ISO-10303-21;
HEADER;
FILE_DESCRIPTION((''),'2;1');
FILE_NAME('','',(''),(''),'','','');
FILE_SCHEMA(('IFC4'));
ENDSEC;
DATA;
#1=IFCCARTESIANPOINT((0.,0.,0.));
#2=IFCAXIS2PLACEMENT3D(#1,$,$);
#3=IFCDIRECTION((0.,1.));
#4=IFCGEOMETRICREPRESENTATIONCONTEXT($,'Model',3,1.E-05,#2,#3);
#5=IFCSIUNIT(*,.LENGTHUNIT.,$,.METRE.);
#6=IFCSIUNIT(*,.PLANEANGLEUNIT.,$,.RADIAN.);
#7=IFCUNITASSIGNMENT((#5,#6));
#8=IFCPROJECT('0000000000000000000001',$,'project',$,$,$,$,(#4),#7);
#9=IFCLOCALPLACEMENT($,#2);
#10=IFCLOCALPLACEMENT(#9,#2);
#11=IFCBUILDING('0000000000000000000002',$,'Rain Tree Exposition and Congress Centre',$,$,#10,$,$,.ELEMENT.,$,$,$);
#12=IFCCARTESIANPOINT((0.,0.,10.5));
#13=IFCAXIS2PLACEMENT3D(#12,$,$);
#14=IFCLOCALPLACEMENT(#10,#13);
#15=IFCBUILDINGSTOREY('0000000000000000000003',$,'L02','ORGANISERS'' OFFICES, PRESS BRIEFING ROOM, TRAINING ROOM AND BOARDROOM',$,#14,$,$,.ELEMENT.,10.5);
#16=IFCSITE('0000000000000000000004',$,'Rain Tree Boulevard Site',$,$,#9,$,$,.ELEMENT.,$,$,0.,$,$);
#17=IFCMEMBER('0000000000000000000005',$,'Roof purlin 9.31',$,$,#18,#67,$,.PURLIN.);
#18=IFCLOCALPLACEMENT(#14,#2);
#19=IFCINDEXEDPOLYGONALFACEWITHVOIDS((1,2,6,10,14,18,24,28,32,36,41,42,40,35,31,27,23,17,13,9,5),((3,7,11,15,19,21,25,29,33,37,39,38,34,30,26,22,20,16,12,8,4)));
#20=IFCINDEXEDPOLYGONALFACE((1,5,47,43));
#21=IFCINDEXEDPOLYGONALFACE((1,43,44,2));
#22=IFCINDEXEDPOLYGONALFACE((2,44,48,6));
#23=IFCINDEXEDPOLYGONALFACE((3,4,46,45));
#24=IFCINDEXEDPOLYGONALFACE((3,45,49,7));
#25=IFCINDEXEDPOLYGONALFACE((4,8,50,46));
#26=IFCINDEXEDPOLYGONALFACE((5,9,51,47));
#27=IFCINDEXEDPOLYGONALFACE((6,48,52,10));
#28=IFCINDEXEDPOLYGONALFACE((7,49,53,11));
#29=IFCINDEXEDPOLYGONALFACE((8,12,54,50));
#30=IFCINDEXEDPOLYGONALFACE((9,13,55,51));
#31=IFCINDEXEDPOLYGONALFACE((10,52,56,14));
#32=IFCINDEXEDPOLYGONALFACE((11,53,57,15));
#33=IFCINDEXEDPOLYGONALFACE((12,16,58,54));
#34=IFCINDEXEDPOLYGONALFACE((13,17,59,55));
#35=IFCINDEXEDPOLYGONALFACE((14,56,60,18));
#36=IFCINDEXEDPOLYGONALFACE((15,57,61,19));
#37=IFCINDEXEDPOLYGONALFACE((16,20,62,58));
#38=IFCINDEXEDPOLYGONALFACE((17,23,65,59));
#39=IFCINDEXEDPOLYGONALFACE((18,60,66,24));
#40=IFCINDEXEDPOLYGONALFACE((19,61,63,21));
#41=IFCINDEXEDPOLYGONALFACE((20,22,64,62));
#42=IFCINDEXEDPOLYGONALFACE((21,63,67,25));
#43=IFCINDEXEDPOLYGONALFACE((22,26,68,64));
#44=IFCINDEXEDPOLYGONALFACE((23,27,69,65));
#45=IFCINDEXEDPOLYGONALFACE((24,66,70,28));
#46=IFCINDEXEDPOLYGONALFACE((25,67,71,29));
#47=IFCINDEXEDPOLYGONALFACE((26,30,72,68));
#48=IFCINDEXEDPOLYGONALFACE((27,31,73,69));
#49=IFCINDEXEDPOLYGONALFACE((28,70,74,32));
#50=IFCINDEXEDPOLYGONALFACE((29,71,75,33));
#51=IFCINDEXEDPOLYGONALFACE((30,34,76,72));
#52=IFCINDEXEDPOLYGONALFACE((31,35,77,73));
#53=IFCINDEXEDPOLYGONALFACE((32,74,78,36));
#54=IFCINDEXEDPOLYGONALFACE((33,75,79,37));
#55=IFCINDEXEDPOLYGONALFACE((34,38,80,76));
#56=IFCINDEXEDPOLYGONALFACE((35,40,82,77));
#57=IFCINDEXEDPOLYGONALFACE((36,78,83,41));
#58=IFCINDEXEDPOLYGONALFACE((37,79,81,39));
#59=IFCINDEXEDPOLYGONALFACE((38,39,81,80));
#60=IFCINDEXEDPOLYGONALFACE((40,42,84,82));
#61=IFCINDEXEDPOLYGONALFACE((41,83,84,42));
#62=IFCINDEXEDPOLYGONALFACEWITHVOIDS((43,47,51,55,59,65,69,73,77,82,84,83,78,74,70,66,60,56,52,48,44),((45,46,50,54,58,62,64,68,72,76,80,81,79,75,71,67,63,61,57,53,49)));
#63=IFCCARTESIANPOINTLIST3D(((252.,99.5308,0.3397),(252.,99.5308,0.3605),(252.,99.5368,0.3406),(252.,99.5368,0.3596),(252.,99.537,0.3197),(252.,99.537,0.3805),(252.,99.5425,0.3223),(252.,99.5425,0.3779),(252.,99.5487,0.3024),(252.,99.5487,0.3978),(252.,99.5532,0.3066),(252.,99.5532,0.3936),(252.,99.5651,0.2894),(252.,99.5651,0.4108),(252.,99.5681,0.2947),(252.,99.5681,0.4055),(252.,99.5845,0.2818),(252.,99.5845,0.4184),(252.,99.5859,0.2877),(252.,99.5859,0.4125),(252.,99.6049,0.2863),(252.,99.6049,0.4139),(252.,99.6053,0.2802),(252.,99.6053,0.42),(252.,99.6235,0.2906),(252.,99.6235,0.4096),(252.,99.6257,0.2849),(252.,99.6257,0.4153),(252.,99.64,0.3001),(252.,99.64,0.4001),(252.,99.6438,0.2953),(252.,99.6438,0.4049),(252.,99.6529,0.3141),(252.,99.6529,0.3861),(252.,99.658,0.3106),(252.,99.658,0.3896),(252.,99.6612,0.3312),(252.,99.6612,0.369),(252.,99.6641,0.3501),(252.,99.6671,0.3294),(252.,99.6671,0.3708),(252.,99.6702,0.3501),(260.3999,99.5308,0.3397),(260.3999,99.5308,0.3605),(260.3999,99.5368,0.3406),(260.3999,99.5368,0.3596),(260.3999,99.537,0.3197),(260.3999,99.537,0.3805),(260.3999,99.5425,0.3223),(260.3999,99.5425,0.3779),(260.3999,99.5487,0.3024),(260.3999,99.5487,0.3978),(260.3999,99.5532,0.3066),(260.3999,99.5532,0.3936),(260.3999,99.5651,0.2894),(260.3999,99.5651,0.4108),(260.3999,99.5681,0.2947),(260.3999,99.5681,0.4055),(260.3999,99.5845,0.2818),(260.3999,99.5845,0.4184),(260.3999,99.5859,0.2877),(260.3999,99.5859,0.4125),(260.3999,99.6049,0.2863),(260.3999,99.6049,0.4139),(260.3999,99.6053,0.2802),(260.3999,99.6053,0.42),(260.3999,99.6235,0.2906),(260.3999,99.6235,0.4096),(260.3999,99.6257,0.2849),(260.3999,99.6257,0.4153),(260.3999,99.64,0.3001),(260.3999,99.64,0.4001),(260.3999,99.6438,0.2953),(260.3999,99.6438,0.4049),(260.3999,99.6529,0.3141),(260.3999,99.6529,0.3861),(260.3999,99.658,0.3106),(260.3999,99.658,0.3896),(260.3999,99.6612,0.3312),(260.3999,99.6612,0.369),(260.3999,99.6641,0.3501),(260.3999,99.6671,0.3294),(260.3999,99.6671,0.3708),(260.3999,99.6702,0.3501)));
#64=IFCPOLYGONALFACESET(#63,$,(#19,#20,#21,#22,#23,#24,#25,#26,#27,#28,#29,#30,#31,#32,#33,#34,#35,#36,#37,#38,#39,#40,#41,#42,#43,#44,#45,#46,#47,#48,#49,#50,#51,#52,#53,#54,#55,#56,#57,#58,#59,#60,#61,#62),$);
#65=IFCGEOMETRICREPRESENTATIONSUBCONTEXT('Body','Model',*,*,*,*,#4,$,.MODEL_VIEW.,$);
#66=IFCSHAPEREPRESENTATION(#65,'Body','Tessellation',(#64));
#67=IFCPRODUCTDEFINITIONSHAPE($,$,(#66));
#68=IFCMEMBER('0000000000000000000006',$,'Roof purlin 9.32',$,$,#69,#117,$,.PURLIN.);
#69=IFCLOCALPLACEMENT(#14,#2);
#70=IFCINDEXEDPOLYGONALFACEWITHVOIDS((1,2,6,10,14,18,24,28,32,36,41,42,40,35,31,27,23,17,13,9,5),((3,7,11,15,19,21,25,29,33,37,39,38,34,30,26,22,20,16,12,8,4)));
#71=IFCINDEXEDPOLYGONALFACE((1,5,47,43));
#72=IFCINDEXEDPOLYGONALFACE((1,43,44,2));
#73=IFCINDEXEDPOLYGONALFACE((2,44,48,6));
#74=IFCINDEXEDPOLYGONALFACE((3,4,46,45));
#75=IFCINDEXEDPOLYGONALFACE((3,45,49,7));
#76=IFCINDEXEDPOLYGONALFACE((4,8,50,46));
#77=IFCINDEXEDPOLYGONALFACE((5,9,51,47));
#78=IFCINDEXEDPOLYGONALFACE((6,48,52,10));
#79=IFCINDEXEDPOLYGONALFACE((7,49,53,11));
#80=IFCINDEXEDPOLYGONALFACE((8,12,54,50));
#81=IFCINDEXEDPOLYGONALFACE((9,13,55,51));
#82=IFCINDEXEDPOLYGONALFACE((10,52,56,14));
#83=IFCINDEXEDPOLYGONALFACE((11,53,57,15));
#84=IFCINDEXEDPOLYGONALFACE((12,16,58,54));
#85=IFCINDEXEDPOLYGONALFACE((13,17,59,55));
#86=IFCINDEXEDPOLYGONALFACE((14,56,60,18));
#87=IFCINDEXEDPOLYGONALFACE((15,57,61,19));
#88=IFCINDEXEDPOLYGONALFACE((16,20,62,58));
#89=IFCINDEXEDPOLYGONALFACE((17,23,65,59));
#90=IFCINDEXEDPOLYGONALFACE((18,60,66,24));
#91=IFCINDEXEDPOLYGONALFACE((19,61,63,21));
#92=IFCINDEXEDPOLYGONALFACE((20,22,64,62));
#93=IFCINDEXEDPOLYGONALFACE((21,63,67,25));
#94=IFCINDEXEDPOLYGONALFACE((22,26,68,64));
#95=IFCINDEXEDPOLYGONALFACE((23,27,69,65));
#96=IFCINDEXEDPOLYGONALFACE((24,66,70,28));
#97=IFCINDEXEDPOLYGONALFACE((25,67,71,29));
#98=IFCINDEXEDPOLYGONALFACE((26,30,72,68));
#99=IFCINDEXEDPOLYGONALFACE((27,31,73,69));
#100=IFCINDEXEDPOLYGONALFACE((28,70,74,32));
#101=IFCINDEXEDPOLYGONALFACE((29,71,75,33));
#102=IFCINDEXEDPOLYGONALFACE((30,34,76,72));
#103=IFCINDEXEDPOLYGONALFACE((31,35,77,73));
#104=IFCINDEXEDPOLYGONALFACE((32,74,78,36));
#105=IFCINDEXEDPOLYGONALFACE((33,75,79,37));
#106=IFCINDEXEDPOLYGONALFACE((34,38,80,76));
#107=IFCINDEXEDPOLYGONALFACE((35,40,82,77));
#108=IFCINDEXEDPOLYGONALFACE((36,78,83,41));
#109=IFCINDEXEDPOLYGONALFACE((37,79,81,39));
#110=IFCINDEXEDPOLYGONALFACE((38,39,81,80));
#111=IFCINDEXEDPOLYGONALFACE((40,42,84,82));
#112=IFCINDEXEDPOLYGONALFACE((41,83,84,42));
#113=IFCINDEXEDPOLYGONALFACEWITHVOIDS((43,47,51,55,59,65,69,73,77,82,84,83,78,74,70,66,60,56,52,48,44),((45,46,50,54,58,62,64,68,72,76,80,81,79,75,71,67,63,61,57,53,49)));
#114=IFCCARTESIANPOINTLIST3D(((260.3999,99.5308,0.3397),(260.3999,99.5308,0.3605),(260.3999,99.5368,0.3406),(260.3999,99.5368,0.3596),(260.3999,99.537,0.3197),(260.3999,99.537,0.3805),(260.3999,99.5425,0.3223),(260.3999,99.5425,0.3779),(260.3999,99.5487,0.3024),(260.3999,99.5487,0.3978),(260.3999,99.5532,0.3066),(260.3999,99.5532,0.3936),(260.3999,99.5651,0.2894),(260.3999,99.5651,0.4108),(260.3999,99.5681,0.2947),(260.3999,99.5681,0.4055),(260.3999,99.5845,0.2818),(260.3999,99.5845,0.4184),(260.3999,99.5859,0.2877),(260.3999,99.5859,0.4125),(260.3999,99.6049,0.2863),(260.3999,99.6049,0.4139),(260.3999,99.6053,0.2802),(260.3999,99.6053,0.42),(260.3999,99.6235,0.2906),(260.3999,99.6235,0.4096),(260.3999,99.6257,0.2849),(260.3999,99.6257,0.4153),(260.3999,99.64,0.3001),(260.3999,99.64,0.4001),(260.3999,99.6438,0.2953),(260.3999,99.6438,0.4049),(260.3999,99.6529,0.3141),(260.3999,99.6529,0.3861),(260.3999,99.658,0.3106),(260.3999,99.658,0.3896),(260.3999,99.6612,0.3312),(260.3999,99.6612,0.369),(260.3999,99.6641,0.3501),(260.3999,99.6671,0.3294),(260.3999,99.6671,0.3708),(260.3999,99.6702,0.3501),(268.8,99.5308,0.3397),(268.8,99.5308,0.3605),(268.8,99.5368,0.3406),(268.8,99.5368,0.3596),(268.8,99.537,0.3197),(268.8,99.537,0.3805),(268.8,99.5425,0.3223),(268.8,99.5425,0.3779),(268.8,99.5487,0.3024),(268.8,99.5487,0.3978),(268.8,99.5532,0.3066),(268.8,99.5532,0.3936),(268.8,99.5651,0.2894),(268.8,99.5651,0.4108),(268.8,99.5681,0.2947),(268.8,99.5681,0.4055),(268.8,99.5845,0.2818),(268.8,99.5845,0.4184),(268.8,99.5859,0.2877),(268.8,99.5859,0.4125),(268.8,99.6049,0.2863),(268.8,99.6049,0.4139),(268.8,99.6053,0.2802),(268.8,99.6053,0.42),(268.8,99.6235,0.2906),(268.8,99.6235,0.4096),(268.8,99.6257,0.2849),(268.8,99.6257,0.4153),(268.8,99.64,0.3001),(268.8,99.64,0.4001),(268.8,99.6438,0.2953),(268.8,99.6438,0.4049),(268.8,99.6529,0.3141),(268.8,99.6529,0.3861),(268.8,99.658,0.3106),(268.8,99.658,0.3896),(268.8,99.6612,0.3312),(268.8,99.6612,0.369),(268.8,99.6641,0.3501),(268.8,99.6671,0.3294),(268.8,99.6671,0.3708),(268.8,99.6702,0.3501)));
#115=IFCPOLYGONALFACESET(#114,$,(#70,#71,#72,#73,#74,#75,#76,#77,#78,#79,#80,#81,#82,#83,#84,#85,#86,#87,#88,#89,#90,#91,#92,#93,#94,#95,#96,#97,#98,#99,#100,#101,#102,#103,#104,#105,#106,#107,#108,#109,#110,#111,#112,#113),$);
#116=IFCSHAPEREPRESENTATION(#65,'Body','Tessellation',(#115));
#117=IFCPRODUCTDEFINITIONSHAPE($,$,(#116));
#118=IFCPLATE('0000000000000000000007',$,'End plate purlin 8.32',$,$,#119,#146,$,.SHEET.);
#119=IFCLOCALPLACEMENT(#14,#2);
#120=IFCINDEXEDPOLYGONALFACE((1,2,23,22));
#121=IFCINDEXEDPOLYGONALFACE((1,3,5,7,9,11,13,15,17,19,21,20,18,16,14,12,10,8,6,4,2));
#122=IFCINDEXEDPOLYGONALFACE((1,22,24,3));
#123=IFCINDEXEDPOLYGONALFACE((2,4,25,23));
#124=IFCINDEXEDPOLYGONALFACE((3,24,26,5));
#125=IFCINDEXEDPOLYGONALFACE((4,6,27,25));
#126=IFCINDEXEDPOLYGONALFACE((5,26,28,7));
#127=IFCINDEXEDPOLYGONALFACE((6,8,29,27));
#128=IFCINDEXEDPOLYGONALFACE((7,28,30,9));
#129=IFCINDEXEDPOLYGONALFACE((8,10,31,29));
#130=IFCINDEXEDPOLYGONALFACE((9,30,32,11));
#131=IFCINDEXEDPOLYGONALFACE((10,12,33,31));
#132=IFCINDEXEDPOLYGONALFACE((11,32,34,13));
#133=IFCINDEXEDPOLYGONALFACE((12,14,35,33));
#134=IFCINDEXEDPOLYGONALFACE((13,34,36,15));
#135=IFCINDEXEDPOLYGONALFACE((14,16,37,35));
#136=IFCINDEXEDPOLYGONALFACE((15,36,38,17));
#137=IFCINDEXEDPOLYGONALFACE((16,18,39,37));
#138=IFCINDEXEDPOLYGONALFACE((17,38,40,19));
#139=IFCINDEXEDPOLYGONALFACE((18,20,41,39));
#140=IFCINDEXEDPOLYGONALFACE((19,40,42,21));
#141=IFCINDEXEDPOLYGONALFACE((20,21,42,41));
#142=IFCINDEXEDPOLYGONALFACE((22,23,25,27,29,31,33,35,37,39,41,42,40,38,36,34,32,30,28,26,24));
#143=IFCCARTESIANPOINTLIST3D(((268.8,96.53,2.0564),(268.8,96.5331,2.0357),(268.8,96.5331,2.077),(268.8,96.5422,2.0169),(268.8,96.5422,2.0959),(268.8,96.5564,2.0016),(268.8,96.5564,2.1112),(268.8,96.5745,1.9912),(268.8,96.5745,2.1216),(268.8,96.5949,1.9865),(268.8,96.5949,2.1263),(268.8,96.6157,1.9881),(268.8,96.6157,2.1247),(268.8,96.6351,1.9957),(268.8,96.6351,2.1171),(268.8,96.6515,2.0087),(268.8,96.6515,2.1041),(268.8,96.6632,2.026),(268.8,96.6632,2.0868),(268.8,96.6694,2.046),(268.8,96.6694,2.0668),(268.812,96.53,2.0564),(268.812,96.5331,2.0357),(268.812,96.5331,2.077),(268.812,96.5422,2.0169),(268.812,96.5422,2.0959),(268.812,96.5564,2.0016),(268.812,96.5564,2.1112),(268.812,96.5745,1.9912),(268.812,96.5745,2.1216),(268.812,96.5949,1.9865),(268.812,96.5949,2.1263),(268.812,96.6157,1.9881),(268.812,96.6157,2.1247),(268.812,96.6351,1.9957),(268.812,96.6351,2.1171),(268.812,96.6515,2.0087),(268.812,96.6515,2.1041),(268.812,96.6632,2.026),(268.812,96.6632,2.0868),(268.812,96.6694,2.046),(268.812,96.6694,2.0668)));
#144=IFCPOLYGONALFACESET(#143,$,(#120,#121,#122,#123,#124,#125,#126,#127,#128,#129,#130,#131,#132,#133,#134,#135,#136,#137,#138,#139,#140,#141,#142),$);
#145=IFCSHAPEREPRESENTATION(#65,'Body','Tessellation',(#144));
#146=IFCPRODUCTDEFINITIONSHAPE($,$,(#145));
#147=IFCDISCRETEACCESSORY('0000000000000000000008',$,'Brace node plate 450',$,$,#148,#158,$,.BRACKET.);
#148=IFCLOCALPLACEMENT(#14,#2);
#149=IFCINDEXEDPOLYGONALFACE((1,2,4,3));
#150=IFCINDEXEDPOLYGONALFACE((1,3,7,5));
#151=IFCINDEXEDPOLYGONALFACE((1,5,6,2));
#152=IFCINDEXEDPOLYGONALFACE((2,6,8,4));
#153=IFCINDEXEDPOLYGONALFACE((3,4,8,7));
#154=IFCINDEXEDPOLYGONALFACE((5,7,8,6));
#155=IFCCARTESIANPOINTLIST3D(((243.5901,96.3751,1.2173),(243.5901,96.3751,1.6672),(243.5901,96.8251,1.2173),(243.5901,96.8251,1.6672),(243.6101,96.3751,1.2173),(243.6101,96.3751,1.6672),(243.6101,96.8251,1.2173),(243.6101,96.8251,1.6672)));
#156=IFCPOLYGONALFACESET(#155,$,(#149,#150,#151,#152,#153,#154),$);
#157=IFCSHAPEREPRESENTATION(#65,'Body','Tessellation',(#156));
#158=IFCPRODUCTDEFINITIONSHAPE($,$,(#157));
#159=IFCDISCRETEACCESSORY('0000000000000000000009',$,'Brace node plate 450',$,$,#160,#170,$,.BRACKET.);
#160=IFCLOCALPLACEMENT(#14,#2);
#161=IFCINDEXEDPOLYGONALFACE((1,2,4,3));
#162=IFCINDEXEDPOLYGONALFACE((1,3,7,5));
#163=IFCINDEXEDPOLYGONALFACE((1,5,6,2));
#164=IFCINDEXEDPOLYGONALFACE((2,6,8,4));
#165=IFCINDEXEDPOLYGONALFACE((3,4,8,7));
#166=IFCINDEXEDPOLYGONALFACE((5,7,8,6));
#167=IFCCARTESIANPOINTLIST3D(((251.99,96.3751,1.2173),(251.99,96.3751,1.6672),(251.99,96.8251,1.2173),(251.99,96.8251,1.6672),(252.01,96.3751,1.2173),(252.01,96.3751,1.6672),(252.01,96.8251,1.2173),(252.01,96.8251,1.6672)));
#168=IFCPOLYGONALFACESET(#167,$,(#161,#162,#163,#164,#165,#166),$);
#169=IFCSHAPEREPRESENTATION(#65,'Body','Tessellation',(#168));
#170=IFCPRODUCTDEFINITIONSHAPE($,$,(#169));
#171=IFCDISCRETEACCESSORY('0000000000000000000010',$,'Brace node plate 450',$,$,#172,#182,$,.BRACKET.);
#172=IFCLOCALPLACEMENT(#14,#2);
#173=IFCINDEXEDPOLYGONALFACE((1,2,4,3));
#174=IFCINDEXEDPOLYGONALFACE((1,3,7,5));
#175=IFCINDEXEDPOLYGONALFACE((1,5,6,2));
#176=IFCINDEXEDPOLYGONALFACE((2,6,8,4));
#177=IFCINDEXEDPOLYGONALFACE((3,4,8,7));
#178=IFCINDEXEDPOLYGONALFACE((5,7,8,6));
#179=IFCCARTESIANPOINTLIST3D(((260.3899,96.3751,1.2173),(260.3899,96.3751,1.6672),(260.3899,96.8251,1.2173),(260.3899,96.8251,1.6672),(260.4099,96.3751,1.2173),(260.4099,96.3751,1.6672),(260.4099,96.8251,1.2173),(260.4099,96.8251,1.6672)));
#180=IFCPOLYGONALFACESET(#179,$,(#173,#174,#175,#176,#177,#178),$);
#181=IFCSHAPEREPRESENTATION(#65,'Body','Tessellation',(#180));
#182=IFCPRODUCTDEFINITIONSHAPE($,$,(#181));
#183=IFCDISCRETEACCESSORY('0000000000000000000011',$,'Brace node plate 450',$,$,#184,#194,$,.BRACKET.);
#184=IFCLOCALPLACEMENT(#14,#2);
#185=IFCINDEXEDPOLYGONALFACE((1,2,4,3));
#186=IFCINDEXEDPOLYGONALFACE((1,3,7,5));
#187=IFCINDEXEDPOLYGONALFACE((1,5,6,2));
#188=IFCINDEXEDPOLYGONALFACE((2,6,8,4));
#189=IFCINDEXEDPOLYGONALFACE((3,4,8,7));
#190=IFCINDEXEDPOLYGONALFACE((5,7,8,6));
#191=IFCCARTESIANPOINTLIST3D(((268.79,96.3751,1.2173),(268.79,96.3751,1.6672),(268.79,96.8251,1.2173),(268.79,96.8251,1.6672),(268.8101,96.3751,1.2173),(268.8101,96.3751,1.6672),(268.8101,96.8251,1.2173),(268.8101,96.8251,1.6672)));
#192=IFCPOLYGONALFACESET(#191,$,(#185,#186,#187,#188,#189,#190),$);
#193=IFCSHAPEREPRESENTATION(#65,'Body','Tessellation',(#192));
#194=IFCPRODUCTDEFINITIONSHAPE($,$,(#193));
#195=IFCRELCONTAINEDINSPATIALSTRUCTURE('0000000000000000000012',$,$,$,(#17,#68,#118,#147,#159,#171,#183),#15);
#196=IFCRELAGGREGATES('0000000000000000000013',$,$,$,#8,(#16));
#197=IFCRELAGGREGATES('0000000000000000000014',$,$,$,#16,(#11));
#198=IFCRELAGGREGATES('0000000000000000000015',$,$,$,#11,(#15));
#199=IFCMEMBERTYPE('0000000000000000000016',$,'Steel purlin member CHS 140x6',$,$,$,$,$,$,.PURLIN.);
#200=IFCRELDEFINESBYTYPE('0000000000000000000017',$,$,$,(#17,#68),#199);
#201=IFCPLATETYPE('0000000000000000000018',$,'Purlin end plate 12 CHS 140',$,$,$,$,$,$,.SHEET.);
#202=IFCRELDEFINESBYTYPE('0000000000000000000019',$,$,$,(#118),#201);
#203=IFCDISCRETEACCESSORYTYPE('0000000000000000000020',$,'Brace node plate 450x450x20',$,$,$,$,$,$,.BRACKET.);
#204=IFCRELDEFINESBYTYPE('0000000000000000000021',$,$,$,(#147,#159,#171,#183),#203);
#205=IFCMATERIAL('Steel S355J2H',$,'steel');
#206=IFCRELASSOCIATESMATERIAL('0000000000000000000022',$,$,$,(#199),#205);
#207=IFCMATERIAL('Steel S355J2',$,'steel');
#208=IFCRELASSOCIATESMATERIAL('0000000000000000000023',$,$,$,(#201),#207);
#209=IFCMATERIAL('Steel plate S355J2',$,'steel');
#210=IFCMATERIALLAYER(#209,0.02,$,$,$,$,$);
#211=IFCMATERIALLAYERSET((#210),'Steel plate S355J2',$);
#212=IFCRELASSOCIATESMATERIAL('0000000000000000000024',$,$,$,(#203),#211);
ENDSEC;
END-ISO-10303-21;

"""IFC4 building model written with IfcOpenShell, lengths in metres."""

from ifc_helpers import new_model, si_unit, direction, frame, origin, origin_2d, place, context, subcontext, project, spatial, rectangle, circle, hollow_circle, extrude, material, layer, layer_set, material_profile, profile_set, type_object, element, save


model = new_model("IFC4")

# Units and contexts
model_context = context("Model", 3, precision=1e-05, world=origin(), true_north=direction((0.0, 1.0)))
body_context = subcontext(model_context, "Body", "Model", "MODEL_VIEW")
ifc_project = project(units=[si_unit("LENGTHUNIT", "METRE"), si_unit("PLANEANGLEUNIT", "RADIAN")], contexts=[model_context])

# Site, building, storey
site_placement = place(None, origin())
site = spatial("IfcSite", under=ifc_project, at=site_placement, Name="Rain Tree Boulevard Site", CompositionType="ELEMENT", RefElevation=0.0)
building_placement = place(site_placement, origin())
building = spatial("IfcBuilding", under=site, at=building_placement, Name="Rain Tree Exposition and Congress Centre", CompositionType="ELEMENT")
storey_placement = place(building_placement, frame((0.0, 0.0, 10.5)))
storey = spatial("IfcBuildingStorey", under=building, at=storey_placement, Name="L02", Description="ORGANISERS' OFFICES, PRESS BRIEFING ROOM, TRAINING ROOM AND BOARDROOM", CompositionType="ELEMENT", Elevation=10.5)

# Members
ifc_material_1 = material(Name="Steel S355J2H", Category="steel")
ifc_material_profile_1 = material_profile(ifc_material_1, hollow_circle(Radius=0.0701, WallThickness=0.0061, at=origin_2d()), Name="CHS 140x6")
ifc_profile_set_1 = profile_set([ifc_material_profile_1], Name="Steel S355J2H")
member_type_1 = type_object("IfcMemberType", Name="Steel purlin member CHS 140x6", PredefinedType="PURLIN", material=ifc_profile_set_1)
for number, where, z_axis, x_axis, name in (
    (1, (252.0, 99.6001, 0.3501), (1.0, 0.0, 0.0), (0.0, 1.0, 0.0), "Roof purlin 9.31"),
):
    element("IfcMember", number, at=place(storey_placement, frame(where, z_axis=z_axis, x_axis=x_axis)), inside=storey, type_object=member_type_1, Name=name, PredefinedType="PURLIN", context=body_context, shape_type="SweptSolid", body=[
        extrude(hollow_circle(Radius=0.0701, WallThickness=0.0061, at=origin_2d()), origin(), (0.0, 0.0, 1.0), 8.3999),
    ])
member_1_placement = place(storey_placement, frame((260.3999, 99.6001, 0.3501), z_axis=(1.0, 0.0, 0.0), x_axis=(0.0, 1.0, 0.0)))
element("IfcMember", 2, at=member_1_placement, inside=storey, type_object=member_type_1, Name="Roof purlin 9.32", PredefinedType="PURLIN", context=body_context, shape_type="SweptSolid", body=[
    extrude(hollow_circle(Radius=0.0701, WallThickness=0.0061, at=origin_2d()), origin(), (0.0, 0.0, 1.0), 8.4001),
])

# Plate
ifc_material_2 = material(Name="Steel S355J2", Category="steel")
ifc_material_profile_2 = material_profile(ifc_material_2, circle(Radius=0.0701, at=origin_2d()), Name="CIRCLE 140")
ifc_profile_set_2 = profile_set([ifc_material_profile_2], Name="Steel S355J2")
plate_type = type_object("IfcPlateType", Name="Purlin end plate 12 CHS 140", PredefinedType="SHEET", material=ifc_profile_set_2)
plate_placement = place(storey_placement, frame((268.812, 96.6001, 2.0564), z_axis=(-1.0, 0.0, 0.0), x_axis=(0.0, -1.0, 0.0)))
element("IfcPlate", 3, at=plate_placement, inside=storey, type_object=plate_type, Name="End plate purlin 8.32", PredefinedType="SHEET", context=body_context, shape_type="SweptSolid", body=[
    extrude(circle(Radius=0.0701, at=origin_2d()), origin(), (0.0, 0.0, 1.0), 0.012),
])

# Discrete accessories
ifc_material_3 = material(Name="Steel plate S355J2", Category="steel")
ifc_layer = layer(ifc_material_3, 0.02)
ifc_layer_set = layer_set([ifc_layer], Name="Steel plate S355J2")
discrete_accessory_type = type_object("IfcDiscreteAccessoryType", Name="Brace node plate 450x450x20", PredefinedType="BRACKET", material=ifc_layer_set)
for number, where, z_axis, x_axis, name in (
    (4, (243.6001, 96.6001, 1.2173), (0.0, 0.0, 1.0), (0.0, -1.0, 0.0), "Brace node plate 450"),
    (5, (252.0, 96.6001, 1.2173), (0.0, 0.0, 1.0), (0.0, -1.0, 0.0), "Brace node plate 450"),
    (6, (260.3999, 96.6001, 1.2173), (0.0, 0.0, 1.0), (0.0, -1.0, 0.0), "Brace node plate 450"),
    (7, (268.8, 96.6001, 1.2173), (0.0, 0.0, 1.0), (0.0, -1.0, 0.0), "Brace node plate 450"),
):
    element("IfcDiscreteAccessory", number, at=place(storey_placement, frame(where, z_axis=z_axis, x_axis=x_axis)), inside=storey, type_object=discrete_accessory_type, Name=name, PredefinedType="BRACKET", context=body_context, shape_type="SweptSolid", body=[
        extrude(rectangle(XDim=0.45, YDim=0.02, at=origin_2d()), origin(), (0.0, 0.0, 1.0), 0.45),
    ])

save(model, "model.ifc")
